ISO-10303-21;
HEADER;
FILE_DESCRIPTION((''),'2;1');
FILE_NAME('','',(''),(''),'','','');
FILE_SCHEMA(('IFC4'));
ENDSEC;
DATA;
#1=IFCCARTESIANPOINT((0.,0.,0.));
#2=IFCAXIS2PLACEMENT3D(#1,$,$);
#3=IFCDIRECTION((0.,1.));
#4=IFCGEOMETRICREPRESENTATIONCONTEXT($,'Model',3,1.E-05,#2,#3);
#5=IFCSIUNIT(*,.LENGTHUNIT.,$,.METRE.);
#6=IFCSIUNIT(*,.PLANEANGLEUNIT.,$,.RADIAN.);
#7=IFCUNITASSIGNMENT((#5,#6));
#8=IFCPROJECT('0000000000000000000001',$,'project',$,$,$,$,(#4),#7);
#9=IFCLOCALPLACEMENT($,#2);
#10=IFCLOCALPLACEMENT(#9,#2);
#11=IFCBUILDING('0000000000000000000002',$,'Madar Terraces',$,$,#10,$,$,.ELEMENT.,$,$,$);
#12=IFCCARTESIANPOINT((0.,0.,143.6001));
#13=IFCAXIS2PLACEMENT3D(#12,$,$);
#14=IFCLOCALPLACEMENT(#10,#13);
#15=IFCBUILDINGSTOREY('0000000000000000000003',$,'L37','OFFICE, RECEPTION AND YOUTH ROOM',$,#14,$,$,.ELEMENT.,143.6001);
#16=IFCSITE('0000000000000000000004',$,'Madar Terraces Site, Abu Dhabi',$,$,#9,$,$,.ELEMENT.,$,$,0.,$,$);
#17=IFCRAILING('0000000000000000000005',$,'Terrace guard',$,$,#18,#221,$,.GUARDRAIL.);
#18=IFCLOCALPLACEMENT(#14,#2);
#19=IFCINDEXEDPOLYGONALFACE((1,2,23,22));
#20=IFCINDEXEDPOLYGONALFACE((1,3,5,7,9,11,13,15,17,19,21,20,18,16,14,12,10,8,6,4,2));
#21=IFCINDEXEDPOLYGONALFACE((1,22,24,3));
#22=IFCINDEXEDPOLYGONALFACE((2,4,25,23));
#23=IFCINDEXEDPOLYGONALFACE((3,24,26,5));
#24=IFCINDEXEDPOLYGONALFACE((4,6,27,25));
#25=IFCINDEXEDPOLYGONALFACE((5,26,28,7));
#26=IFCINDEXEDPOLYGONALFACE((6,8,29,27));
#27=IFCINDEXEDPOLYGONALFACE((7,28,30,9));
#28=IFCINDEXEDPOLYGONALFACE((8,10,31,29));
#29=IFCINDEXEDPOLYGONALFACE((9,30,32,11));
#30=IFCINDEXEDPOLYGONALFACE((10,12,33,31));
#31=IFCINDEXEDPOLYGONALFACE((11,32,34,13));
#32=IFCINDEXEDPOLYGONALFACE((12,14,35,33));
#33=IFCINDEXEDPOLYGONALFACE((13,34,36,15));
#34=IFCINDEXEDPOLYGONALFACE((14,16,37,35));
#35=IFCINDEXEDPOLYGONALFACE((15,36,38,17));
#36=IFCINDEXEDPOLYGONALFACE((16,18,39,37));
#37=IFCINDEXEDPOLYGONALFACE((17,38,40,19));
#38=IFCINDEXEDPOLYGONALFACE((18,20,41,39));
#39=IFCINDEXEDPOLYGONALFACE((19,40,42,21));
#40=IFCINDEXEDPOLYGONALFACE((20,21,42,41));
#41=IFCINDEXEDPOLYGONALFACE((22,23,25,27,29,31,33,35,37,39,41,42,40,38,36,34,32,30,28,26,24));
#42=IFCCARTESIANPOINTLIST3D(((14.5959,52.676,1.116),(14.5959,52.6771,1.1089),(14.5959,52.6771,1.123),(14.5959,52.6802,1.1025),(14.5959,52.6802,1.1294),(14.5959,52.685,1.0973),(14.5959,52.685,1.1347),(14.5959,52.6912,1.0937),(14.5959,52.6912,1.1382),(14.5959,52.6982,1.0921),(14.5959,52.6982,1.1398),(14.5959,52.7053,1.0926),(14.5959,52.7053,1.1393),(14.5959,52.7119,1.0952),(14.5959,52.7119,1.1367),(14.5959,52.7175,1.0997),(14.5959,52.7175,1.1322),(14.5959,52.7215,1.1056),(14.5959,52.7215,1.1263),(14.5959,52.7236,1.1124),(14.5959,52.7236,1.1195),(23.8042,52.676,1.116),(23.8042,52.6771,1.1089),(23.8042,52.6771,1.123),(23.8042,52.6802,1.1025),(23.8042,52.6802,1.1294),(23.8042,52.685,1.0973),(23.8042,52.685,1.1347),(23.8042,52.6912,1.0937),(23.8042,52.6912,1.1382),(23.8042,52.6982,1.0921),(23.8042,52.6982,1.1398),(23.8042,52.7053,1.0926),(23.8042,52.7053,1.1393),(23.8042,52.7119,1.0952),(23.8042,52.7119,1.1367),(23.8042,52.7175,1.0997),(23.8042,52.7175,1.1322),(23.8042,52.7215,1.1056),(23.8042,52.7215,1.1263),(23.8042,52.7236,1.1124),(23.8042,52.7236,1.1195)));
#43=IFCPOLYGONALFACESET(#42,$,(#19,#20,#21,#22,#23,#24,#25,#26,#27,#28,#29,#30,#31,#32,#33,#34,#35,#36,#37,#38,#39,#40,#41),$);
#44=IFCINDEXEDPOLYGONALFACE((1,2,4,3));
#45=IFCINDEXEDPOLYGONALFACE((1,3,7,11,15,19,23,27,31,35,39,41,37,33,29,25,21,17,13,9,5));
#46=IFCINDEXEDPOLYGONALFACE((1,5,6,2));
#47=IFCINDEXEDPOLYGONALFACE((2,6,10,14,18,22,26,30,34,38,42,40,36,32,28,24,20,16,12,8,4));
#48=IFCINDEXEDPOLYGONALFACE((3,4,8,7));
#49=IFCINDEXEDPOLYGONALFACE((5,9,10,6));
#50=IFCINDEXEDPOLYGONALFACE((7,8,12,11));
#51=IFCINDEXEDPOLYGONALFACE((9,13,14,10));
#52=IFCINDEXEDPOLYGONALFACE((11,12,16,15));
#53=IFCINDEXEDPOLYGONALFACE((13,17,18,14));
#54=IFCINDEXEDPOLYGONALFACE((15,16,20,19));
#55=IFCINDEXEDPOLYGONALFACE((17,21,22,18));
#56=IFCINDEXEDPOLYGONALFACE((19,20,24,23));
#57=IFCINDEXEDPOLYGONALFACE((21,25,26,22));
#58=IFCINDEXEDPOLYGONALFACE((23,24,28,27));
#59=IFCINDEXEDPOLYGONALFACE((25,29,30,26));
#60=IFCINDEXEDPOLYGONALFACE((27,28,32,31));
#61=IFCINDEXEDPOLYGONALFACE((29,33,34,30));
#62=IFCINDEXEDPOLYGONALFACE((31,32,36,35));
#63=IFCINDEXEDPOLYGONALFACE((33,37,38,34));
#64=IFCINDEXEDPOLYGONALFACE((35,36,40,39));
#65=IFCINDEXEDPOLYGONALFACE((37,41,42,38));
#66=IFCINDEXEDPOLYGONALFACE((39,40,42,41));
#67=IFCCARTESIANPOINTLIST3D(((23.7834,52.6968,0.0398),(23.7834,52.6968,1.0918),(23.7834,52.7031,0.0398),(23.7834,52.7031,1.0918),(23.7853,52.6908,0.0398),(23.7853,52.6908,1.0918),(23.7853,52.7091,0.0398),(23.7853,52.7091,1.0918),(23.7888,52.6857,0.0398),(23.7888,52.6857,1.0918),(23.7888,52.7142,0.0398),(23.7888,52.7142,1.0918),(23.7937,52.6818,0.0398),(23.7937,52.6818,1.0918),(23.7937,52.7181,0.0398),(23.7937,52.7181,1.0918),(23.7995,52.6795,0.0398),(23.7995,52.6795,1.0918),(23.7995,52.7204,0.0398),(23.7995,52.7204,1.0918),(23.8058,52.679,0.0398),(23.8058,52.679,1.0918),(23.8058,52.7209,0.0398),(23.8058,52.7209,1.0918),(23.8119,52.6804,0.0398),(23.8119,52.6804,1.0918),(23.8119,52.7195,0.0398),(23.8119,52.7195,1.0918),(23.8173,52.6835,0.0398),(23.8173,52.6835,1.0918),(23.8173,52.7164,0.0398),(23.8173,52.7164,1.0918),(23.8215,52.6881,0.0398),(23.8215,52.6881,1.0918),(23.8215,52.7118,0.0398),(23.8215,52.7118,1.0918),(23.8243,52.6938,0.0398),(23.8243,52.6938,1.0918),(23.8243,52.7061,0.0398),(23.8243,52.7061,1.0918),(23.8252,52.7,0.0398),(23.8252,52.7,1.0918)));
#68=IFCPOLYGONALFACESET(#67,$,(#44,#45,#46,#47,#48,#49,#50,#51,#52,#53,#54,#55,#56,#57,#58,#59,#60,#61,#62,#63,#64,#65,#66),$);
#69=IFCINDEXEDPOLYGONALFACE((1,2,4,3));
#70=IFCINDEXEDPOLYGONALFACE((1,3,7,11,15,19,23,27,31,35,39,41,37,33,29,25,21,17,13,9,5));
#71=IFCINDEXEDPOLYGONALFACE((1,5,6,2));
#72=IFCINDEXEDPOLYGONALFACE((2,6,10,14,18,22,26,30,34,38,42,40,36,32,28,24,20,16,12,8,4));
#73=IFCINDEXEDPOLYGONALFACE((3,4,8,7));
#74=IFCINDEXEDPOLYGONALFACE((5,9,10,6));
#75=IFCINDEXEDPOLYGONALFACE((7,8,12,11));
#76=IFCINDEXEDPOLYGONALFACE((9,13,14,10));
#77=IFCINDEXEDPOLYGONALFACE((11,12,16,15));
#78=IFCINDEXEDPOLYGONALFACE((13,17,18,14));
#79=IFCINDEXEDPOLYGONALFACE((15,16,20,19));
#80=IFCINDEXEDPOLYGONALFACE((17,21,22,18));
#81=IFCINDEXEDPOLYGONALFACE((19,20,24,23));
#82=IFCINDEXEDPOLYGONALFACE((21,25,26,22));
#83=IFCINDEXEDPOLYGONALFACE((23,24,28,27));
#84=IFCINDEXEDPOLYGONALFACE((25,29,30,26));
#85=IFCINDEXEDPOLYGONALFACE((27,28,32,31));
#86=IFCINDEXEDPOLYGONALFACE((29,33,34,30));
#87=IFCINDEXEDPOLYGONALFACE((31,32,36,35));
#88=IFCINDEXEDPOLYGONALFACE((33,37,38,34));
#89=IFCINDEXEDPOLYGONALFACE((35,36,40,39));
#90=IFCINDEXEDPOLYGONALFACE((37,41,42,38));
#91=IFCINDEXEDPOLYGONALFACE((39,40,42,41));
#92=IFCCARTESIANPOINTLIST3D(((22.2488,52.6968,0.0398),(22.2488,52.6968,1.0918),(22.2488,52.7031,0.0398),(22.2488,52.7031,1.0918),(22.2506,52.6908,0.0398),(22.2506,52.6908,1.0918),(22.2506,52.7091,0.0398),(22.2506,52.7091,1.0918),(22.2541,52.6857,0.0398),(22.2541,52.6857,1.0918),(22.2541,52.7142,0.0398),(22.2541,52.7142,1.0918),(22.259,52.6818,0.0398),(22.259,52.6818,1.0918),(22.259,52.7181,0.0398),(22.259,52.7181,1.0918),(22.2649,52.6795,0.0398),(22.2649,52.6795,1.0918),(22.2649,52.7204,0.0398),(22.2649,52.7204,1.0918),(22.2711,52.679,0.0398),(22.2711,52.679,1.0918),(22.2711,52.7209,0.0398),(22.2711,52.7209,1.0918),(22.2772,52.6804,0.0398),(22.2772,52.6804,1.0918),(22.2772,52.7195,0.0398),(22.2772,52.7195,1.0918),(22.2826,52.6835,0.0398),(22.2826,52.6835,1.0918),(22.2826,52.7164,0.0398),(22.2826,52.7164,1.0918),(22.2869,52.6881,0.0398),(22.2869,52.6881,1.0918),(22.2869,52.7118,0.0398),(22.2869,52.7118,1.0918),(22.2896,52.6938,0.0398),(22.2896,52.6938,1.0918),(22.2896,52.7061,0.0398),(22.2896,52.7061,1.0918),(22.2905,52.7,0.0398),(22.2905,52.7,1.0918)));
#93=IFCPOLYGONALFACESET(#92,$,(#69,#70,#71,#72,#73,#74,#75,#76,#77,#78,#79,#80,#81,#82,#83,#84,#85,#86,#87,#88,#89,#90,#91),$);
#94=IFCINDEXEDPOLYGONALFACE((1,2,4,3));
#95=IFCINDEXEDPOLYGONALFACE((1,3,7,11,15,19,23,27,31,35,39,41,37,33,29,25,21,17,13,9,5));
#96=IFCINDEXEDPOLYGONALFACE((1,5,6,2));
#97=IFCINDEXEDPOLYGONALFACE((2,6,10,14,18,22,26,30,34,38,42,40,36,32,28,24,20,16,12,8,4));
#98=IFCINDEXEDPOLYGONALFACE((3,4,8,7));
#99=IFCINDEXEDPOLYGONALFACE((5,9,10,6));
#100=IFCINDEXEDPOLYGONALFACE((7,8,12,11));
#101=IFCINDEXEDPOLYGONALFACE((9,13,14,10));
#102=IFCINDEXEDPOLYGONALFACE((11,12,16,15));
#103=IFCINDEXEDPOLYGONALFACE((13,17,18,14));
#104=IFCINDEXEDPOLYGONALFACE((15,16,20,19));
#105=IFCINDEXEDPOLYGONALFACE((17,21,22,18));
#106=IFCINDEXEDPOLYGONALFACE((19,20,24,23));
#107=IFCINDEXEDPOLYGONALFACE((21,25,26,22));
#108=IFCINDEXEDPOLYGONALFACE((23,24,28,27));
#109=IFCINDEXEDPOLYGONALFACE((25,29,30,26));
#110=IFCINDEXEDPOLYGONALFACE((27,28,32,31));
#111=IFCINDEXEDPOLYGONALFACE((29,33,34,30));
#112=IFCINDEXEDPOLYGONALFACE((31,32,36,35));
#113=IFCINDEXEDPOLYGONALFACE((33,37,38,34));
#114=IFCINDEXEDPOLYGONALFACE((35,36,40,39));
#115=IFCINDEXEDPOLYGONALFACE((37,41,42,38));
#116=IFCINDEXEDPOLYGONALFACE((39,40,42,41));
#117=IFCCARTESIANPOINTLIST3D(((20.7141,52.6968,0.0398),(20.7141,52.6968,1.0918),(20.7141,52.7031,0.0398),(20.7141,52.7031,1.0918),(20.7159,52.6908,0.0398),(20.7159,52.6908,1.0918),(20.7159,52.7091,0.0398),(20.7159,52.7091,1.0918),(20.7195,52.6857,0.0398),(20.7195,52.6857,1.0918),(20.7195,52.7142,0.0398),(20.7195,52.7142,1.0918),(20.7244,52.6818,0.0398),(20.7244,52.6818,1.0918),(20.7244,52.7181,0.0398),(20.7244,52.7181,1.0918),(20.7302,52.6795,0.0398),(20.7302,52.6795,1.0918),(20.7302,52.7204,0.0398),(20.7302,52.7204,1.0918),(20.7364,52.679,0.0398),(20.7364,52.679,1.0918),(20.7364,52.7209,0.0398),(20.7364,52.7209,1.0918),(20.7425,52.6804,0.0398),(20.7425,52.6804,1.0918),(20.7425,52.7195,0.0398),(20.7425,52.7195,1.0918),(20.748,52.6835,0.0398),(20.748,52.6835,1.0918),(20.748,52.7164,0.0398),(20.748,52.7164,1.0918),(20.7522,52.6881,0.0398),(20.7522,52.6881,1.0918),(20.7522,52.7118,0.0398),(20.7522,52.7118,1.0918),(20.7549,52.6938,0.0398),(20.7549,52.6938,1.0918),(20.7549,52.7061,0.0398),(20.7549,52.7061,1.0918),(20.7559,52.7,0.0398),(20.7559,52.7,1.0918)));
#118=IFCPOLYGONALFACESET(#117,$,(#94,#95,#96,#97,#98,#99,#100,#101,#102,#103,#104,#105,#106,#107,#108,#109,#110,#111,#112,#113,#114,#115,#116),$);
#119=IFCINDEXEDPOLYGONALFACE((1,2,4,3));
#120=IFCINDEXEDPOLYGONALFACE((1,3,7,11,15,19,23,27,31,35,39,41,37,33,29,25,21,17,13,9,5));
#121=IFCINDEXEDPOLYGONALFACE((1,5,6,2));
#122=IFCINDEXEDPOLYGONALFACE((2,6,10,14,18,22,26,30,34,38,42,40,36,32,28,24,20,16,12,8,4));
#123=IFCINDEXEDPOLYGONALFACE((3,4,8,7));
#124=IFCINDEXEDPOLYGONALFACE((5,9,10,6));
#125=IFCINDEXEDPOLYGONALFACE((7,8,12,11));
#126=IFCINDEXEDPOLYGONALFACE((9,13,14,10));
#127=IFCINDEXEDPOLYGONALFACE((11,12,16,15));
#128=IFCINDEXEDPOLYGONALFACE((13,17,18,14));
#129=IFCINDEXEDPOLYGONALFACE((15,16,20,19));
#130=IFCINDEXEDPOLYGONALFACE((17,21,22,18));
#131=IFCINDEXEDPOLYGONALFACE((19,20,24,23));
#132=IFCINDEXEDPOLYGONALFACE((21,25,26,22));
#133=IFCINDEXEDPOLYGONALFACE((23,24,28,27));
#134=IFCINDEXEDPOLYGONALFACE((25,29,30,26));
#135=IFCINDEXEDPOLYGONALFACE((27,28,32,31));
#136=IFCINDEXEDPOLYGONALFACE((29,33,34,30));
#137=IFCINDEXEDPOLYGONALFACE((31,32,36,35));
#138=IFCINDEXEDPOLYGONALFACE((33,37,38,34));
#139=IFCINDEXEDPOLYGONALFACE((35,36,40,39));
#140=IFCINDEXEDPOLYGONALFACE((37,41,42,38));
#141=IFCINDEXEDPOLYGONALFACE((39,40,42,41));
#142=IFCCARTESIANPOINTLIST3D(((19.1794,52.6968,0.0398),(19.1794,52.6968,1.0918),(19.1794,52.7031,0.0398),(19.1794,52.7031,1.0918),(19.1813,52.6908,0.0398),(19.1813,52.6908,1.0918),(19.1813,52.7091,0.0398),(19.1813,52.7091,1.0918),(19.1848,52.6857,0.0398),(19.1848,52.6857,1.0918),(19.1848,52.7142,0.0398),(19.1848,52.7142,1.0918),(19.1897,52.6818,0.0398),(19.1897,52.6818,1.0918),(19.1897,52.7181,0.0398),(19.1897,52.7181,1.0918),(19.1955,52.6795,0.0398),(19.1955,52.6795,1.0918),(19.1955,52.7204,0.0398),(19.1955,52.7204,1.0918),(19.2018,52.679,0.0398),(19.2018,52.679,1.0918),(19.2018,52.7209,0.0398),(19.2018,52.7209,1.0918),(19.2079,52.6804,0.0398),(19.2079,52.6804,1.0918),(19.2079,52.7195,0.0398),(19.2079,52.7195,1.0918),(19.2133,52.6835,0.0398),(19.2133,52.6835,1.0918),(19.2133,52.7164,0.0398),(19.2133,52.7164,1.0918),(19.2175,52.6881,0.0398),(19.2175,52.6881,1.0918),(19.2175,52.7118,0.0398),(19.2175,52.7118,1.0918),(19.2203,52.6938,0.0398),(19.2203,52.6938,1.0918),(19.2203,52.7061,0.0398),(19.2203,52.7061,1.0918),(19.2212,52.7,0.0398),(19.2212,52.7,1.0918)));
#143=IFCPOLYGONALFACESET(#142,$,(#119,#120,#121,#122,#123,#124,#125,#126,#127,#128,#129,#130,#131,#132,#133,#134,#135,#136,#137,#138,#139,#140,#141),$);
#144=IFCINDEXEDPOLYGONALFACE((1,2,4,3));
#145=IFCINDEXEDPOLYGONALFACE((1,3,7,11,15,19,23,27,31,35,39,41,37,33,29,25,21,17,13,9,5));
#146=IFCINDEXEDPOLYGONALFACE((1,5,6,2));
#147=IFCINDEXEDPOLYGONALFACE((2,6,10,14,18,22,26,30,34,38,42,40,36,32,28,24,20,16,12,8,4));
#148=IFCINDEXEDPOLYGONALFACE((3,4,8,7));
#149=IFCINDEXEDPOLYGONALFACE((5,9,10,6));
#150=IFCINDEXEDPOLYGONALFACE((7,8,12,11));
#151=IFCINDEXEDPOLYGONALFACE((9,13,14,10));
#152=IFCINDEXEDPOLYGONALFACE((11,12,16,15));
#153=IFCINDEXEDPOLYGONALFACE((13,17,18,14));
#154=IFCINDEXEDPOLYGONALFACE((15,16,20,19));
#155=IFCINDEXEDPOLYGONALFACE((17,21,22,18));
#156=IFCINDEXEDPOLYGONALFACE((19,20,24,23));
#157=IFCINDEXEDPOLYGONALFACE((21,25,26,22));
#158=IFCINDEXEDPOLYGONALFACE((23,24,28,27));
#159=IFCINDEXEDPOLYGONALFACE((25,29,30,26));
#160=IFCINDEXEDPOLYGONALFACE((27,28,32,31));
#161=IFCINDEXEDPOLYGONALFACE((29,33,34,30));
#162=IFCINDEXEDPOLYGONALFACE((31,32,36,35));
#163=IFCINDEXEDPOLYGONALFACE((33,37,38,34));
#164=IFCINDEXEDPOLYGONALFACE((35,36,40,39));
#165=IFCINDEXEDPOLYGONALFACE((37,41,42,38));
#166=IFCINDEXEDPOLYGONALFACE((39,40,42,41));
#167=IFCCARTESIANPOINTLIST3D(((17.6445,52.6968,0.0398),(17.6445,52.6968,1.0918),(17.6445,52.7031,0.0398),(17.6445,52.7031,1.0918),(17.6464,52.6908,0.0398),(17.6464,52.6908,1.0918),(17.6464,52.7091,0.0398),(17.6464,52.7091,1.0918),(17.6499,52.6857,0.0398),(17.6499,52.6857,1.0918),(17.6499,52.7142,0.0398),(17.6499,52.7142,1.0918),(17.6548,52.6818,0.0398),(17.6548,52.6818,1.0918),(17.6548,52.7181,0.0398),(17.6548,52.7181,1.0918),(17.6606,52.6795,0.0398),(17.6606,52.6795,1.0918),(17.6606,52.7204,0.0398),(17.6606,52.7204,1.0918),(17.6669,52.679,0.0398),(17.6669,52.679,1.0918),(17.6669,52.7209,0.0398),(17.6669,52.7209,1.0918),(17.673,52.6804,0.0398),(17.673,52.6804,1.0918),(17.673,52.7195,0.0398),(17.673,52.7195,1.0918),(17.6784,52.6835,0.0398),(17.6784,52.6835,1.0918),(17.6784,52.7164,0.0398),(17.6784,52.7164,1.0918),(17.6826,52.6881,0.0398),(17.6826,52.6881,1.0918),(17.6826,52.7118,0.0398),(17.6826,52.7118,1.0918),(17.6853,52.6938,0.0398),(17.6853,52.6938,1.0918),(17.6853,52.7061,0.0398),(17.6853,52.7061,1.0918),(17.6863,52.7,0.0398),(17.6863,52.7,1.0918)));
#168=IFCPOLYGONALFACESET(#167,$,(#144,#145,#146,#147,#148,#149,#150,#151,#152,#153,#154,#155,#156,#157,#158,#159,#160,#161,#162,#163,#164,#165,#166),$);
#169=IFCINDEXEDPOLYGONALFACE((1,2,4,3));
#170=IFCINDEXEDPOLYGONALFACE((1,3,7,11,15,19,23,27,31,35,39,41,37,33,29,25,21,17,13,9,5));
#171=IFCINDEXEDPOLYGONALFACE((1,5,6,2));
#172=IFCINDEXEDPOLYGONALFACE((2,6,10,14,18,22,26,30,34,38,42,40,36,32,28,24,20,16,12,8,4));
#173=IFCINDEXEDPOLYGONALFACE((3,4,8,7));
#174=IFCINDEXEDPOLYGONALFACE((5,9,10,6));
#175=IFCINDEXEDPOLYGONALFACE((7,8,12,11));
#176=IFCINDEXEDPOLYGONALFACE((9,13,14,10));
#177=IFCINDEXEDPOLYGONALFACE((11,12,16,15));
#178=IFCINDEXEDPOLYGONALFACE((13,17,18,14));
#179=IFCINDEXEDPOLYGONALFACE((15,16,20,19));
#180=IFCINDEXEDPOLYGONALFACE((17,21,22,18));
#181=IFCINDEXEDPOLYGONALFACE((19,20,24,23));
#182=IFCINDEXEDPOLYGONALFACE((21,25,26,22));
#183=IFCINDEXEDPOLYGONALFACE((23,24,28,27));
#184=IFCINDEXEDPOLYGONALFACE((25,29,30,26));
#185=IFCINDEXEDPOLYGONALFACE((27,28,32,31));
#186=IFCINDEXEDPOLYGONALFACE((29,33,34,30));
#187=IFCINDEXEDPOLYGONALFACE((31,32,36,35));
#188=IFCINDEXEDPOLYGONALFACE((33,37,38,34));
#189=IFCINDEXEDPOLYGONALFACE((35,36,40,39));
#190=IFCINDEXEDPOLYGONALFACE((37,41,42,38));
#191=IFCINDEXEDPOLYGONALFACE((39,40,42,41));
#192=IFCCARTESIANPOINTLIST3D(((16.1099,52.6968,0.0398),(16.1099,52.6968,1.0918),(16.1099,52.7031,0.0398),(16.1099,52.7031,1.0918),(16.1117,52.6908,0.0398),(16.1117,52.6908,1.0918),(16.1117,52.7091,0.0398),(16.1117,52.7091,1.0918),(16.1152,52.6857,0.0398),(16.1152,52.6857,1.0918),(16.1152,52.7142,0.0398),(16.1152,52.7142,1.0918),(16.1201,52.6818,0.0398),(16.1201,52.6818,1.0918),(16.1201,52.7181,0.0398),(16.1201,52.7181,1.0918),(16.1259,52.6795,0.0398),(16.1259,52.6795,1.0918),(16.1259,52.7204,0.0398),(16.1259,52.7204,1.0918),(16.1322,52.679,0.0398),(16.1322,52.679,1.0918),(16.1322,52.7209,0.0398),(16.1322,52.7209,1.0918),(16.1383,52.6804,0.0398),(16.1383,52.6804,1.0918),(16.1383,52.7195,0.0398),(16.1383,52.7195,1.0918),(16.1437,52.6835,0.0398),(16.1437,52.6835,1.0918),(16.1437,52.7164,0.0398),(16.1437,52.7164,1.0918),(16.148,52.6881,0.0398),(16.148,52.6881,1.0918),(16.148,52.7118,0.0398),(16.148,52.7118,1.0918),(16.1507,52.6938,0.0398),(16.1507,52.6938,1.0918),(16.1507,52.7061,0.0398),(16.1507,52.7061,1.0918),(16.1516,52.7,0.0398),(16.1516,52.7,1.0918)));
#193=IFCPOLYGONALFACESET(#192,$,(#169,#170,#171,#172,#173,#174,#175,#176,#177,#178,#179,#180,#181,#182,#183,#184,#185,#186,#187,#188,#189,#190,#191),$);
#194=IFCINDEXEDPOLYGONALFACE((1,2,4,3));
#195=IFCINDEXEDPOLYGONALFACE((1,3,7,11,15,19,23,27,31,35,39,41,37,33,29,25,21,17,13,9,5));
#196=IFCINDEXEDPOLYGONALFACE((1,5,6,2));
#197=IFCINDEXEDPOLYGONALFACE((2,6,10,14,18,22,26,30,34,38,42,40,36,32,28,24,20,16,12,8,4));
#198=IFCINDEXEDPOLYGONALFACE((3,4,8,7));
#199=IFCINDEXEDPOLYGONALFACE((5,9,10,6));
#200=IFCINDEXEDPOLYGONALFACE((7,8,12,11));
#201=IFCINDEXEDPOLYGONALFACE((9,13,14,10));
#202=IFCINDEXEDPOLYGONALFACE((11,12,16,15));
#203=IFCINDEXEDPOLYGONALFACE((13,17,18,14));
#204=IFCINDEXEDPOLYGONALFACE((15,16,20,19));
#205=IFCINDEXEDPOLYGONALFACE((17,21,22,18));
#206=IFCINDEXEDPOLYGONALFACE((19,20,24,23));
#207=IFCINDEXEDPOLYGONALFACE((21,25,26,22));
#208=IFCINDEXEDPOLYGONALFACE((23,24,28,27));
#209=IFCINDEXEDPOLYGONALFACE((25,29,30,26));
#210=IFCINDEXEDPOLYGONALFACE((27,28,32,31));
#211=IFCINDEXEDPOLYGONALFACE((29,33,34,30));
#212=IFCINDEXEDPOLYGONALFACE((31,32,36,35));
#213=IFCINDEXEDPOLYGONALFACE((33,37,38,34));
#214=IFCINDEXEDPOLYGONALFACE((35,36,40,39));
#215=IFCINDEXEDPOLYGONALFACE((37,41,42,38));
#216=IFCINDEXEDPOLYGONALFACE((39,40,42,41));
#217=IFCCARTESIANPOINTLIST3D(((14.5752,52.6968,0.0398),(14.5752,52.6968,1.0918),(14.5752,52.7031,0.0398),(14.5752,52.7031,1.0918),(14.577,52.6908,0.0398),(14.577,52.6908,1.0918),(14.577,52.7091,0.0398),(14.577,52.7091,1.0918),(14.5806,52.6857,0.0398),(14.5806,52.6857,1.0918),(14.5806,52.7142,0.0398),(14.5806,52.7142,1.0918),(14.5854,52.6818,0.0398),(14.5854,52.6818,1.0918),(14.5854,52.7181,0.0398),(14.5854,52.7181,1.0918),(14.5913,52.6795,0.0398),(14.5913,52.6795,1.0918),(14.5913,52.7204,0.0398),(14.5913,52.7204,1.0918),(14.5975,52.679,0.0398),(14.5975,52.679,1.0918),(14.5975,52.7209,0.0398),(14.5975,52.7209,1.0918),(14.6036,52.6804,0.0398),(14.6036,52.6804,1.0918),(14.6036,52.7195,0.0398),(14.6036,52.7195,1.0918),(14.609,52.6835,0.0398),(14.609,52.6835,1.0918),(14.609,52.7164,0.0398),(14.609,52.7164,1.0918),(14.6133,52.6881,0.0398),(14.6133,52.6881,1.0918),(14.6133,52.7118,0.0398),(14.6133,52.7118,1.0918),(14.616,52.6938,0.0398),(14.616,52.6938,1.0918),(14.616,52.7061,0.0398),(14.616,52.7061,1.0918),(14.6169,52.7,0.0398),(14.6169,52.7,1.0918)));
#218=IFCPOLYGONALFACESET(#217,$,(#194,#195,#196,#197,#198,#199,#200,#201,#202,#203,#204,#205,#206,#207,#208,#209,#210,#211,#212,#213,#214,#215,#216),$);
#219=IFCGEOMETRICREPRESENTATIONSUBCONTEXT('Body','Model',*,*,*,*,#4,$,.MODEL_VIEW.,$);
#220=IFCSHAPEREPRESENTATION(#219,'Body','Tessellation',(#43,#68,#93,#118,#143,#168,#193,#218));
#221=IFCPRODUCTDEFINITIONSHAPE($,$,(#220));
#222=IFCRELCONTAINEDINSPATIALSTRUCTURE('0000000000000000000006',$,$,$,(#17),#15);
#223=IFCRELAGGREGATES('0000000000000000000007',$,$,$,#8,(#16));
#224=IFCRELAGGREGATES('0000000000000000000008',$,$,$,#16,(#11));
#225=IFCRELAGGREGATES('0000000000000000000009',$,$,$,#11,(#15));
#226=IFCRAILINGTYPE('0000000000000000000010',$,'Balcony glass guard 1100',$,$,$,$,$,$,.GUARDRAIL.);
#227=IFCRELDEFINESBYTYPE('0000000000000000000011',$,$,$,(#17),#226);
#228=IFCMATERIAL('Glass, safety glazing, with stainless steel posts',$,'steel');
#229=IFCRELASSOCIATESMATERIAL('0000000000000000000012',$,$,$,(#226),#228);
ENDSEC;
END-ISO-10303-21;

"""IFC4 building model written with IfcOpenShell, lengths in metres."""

from ifc_helpers import new_model, si_unit, direction, frame, origin, origin_2d, place, context, subcontext, project, spatial, circle, extrude, material, type_object, element, save


model = new_model("IFC4")

# Units and contexts
model_context = context("Model", 3, precision=1e-05, world=origin(), true_north=direction((0.0, 1.0)))
body_context = subcontext(model_context, "Body", "Model", "MODEL_VIEW")
ifc_project = project(units=[si_unit("LENGTHUNIT", "METRE"), si_unit("PLANEANGLEUNIT", "RADIAN")], contexts=[model_context])

# Site, building, storey
site_placement = place(None, origin())
site = spatial("IfcSite", under=ifc_project, at=site_placement, Name="Madar Terraces Site, Abu Dhabi", CompositionType="ELEMENT", RefElevation=0.0)
building_placement = place(site_placement, origin())
building = spatial("IfcBuilding", under=site, at=building_placement, Name="Madar Terraces", CompositionType="ELEMENT")
storey_placement = place(building_placement, frame((0.0, 0.0, 143.6001)))
storey = spatial("IfcBuildingStorey", under=building, at=storey_placement, Name="L37", Description="OFFICE, RECEPTION AND YOUTH ROOM", CompositionType="ELEMENT", Elevation=143.6001)

# Railing
ifc_material_1 = material(Name="Glass, safety glazing, with stainless steel posts", Category="steel")
railing_type = type_object("IfcRailingType", Name="Balcony glass guard 1100", PredefinedType="GUARDRAIL", material=ifc_material_1)
railing_1_placement = place(storey_placement, frame((23.8042, 52.7, 0.0398)))
element("IfcRailing", 1, at=railing_1_placement, inside=storey, type_object=railing_type, Name="Terrace guard", PredefinedType="GUARDRAIL", context=body_context, shape_type="SweptSolid", body=[
    extrude(circle(Radius=0.0239, at=origin_2d()), frame((0.0, 0.0, 1.0762), z_axis=(-1.0, 0.0, 0.0), x_axis=(0.0, -1.0, 0.0)), (0.0, 0.0, 1.0), 9.2083),
    extrude(circle(Radius=0.021, at=origin_2d()), origin(), (0.0, 0.0, 1.0), 1.052),
    extrude(circle(Radius=0.021, at=origin_2d()), frame((-1.5347, 0.0, 0.0)), (0.0, 0.0, 1.0), 1.052),
    extrude(circle(Radius=0.021, at=origin_2d()), frame((-3.0693, 0.0, 0.0)), (0.0, 0.0, 1.0), 1.052),
    extrude(circle(Radius=0.021, at=origin_2d()), frame((-4.604, 0.0, 0.0)), (0.0, 0.0, 1.0), 1.052),
    extrude(circle(Radius=0.021, at=origin_2d()), frame((-6.1389, 0.0, 0.0)), (0.0, 0.0, 1.0), 1.052),
    extrude(circle(Radius=0.021, at=origin_2d()), frame((-7.6736, 0.0, 0.0)), (0.0, 0.0, 1.0), 1.052),
    extrude(circle(Radius=0.021, at=origin_2d()), frame((-9.2083, 0.0, 0.0)), (0.0, 0.0, 1.0), 1.052),
])

save(model, "model.ifc")
